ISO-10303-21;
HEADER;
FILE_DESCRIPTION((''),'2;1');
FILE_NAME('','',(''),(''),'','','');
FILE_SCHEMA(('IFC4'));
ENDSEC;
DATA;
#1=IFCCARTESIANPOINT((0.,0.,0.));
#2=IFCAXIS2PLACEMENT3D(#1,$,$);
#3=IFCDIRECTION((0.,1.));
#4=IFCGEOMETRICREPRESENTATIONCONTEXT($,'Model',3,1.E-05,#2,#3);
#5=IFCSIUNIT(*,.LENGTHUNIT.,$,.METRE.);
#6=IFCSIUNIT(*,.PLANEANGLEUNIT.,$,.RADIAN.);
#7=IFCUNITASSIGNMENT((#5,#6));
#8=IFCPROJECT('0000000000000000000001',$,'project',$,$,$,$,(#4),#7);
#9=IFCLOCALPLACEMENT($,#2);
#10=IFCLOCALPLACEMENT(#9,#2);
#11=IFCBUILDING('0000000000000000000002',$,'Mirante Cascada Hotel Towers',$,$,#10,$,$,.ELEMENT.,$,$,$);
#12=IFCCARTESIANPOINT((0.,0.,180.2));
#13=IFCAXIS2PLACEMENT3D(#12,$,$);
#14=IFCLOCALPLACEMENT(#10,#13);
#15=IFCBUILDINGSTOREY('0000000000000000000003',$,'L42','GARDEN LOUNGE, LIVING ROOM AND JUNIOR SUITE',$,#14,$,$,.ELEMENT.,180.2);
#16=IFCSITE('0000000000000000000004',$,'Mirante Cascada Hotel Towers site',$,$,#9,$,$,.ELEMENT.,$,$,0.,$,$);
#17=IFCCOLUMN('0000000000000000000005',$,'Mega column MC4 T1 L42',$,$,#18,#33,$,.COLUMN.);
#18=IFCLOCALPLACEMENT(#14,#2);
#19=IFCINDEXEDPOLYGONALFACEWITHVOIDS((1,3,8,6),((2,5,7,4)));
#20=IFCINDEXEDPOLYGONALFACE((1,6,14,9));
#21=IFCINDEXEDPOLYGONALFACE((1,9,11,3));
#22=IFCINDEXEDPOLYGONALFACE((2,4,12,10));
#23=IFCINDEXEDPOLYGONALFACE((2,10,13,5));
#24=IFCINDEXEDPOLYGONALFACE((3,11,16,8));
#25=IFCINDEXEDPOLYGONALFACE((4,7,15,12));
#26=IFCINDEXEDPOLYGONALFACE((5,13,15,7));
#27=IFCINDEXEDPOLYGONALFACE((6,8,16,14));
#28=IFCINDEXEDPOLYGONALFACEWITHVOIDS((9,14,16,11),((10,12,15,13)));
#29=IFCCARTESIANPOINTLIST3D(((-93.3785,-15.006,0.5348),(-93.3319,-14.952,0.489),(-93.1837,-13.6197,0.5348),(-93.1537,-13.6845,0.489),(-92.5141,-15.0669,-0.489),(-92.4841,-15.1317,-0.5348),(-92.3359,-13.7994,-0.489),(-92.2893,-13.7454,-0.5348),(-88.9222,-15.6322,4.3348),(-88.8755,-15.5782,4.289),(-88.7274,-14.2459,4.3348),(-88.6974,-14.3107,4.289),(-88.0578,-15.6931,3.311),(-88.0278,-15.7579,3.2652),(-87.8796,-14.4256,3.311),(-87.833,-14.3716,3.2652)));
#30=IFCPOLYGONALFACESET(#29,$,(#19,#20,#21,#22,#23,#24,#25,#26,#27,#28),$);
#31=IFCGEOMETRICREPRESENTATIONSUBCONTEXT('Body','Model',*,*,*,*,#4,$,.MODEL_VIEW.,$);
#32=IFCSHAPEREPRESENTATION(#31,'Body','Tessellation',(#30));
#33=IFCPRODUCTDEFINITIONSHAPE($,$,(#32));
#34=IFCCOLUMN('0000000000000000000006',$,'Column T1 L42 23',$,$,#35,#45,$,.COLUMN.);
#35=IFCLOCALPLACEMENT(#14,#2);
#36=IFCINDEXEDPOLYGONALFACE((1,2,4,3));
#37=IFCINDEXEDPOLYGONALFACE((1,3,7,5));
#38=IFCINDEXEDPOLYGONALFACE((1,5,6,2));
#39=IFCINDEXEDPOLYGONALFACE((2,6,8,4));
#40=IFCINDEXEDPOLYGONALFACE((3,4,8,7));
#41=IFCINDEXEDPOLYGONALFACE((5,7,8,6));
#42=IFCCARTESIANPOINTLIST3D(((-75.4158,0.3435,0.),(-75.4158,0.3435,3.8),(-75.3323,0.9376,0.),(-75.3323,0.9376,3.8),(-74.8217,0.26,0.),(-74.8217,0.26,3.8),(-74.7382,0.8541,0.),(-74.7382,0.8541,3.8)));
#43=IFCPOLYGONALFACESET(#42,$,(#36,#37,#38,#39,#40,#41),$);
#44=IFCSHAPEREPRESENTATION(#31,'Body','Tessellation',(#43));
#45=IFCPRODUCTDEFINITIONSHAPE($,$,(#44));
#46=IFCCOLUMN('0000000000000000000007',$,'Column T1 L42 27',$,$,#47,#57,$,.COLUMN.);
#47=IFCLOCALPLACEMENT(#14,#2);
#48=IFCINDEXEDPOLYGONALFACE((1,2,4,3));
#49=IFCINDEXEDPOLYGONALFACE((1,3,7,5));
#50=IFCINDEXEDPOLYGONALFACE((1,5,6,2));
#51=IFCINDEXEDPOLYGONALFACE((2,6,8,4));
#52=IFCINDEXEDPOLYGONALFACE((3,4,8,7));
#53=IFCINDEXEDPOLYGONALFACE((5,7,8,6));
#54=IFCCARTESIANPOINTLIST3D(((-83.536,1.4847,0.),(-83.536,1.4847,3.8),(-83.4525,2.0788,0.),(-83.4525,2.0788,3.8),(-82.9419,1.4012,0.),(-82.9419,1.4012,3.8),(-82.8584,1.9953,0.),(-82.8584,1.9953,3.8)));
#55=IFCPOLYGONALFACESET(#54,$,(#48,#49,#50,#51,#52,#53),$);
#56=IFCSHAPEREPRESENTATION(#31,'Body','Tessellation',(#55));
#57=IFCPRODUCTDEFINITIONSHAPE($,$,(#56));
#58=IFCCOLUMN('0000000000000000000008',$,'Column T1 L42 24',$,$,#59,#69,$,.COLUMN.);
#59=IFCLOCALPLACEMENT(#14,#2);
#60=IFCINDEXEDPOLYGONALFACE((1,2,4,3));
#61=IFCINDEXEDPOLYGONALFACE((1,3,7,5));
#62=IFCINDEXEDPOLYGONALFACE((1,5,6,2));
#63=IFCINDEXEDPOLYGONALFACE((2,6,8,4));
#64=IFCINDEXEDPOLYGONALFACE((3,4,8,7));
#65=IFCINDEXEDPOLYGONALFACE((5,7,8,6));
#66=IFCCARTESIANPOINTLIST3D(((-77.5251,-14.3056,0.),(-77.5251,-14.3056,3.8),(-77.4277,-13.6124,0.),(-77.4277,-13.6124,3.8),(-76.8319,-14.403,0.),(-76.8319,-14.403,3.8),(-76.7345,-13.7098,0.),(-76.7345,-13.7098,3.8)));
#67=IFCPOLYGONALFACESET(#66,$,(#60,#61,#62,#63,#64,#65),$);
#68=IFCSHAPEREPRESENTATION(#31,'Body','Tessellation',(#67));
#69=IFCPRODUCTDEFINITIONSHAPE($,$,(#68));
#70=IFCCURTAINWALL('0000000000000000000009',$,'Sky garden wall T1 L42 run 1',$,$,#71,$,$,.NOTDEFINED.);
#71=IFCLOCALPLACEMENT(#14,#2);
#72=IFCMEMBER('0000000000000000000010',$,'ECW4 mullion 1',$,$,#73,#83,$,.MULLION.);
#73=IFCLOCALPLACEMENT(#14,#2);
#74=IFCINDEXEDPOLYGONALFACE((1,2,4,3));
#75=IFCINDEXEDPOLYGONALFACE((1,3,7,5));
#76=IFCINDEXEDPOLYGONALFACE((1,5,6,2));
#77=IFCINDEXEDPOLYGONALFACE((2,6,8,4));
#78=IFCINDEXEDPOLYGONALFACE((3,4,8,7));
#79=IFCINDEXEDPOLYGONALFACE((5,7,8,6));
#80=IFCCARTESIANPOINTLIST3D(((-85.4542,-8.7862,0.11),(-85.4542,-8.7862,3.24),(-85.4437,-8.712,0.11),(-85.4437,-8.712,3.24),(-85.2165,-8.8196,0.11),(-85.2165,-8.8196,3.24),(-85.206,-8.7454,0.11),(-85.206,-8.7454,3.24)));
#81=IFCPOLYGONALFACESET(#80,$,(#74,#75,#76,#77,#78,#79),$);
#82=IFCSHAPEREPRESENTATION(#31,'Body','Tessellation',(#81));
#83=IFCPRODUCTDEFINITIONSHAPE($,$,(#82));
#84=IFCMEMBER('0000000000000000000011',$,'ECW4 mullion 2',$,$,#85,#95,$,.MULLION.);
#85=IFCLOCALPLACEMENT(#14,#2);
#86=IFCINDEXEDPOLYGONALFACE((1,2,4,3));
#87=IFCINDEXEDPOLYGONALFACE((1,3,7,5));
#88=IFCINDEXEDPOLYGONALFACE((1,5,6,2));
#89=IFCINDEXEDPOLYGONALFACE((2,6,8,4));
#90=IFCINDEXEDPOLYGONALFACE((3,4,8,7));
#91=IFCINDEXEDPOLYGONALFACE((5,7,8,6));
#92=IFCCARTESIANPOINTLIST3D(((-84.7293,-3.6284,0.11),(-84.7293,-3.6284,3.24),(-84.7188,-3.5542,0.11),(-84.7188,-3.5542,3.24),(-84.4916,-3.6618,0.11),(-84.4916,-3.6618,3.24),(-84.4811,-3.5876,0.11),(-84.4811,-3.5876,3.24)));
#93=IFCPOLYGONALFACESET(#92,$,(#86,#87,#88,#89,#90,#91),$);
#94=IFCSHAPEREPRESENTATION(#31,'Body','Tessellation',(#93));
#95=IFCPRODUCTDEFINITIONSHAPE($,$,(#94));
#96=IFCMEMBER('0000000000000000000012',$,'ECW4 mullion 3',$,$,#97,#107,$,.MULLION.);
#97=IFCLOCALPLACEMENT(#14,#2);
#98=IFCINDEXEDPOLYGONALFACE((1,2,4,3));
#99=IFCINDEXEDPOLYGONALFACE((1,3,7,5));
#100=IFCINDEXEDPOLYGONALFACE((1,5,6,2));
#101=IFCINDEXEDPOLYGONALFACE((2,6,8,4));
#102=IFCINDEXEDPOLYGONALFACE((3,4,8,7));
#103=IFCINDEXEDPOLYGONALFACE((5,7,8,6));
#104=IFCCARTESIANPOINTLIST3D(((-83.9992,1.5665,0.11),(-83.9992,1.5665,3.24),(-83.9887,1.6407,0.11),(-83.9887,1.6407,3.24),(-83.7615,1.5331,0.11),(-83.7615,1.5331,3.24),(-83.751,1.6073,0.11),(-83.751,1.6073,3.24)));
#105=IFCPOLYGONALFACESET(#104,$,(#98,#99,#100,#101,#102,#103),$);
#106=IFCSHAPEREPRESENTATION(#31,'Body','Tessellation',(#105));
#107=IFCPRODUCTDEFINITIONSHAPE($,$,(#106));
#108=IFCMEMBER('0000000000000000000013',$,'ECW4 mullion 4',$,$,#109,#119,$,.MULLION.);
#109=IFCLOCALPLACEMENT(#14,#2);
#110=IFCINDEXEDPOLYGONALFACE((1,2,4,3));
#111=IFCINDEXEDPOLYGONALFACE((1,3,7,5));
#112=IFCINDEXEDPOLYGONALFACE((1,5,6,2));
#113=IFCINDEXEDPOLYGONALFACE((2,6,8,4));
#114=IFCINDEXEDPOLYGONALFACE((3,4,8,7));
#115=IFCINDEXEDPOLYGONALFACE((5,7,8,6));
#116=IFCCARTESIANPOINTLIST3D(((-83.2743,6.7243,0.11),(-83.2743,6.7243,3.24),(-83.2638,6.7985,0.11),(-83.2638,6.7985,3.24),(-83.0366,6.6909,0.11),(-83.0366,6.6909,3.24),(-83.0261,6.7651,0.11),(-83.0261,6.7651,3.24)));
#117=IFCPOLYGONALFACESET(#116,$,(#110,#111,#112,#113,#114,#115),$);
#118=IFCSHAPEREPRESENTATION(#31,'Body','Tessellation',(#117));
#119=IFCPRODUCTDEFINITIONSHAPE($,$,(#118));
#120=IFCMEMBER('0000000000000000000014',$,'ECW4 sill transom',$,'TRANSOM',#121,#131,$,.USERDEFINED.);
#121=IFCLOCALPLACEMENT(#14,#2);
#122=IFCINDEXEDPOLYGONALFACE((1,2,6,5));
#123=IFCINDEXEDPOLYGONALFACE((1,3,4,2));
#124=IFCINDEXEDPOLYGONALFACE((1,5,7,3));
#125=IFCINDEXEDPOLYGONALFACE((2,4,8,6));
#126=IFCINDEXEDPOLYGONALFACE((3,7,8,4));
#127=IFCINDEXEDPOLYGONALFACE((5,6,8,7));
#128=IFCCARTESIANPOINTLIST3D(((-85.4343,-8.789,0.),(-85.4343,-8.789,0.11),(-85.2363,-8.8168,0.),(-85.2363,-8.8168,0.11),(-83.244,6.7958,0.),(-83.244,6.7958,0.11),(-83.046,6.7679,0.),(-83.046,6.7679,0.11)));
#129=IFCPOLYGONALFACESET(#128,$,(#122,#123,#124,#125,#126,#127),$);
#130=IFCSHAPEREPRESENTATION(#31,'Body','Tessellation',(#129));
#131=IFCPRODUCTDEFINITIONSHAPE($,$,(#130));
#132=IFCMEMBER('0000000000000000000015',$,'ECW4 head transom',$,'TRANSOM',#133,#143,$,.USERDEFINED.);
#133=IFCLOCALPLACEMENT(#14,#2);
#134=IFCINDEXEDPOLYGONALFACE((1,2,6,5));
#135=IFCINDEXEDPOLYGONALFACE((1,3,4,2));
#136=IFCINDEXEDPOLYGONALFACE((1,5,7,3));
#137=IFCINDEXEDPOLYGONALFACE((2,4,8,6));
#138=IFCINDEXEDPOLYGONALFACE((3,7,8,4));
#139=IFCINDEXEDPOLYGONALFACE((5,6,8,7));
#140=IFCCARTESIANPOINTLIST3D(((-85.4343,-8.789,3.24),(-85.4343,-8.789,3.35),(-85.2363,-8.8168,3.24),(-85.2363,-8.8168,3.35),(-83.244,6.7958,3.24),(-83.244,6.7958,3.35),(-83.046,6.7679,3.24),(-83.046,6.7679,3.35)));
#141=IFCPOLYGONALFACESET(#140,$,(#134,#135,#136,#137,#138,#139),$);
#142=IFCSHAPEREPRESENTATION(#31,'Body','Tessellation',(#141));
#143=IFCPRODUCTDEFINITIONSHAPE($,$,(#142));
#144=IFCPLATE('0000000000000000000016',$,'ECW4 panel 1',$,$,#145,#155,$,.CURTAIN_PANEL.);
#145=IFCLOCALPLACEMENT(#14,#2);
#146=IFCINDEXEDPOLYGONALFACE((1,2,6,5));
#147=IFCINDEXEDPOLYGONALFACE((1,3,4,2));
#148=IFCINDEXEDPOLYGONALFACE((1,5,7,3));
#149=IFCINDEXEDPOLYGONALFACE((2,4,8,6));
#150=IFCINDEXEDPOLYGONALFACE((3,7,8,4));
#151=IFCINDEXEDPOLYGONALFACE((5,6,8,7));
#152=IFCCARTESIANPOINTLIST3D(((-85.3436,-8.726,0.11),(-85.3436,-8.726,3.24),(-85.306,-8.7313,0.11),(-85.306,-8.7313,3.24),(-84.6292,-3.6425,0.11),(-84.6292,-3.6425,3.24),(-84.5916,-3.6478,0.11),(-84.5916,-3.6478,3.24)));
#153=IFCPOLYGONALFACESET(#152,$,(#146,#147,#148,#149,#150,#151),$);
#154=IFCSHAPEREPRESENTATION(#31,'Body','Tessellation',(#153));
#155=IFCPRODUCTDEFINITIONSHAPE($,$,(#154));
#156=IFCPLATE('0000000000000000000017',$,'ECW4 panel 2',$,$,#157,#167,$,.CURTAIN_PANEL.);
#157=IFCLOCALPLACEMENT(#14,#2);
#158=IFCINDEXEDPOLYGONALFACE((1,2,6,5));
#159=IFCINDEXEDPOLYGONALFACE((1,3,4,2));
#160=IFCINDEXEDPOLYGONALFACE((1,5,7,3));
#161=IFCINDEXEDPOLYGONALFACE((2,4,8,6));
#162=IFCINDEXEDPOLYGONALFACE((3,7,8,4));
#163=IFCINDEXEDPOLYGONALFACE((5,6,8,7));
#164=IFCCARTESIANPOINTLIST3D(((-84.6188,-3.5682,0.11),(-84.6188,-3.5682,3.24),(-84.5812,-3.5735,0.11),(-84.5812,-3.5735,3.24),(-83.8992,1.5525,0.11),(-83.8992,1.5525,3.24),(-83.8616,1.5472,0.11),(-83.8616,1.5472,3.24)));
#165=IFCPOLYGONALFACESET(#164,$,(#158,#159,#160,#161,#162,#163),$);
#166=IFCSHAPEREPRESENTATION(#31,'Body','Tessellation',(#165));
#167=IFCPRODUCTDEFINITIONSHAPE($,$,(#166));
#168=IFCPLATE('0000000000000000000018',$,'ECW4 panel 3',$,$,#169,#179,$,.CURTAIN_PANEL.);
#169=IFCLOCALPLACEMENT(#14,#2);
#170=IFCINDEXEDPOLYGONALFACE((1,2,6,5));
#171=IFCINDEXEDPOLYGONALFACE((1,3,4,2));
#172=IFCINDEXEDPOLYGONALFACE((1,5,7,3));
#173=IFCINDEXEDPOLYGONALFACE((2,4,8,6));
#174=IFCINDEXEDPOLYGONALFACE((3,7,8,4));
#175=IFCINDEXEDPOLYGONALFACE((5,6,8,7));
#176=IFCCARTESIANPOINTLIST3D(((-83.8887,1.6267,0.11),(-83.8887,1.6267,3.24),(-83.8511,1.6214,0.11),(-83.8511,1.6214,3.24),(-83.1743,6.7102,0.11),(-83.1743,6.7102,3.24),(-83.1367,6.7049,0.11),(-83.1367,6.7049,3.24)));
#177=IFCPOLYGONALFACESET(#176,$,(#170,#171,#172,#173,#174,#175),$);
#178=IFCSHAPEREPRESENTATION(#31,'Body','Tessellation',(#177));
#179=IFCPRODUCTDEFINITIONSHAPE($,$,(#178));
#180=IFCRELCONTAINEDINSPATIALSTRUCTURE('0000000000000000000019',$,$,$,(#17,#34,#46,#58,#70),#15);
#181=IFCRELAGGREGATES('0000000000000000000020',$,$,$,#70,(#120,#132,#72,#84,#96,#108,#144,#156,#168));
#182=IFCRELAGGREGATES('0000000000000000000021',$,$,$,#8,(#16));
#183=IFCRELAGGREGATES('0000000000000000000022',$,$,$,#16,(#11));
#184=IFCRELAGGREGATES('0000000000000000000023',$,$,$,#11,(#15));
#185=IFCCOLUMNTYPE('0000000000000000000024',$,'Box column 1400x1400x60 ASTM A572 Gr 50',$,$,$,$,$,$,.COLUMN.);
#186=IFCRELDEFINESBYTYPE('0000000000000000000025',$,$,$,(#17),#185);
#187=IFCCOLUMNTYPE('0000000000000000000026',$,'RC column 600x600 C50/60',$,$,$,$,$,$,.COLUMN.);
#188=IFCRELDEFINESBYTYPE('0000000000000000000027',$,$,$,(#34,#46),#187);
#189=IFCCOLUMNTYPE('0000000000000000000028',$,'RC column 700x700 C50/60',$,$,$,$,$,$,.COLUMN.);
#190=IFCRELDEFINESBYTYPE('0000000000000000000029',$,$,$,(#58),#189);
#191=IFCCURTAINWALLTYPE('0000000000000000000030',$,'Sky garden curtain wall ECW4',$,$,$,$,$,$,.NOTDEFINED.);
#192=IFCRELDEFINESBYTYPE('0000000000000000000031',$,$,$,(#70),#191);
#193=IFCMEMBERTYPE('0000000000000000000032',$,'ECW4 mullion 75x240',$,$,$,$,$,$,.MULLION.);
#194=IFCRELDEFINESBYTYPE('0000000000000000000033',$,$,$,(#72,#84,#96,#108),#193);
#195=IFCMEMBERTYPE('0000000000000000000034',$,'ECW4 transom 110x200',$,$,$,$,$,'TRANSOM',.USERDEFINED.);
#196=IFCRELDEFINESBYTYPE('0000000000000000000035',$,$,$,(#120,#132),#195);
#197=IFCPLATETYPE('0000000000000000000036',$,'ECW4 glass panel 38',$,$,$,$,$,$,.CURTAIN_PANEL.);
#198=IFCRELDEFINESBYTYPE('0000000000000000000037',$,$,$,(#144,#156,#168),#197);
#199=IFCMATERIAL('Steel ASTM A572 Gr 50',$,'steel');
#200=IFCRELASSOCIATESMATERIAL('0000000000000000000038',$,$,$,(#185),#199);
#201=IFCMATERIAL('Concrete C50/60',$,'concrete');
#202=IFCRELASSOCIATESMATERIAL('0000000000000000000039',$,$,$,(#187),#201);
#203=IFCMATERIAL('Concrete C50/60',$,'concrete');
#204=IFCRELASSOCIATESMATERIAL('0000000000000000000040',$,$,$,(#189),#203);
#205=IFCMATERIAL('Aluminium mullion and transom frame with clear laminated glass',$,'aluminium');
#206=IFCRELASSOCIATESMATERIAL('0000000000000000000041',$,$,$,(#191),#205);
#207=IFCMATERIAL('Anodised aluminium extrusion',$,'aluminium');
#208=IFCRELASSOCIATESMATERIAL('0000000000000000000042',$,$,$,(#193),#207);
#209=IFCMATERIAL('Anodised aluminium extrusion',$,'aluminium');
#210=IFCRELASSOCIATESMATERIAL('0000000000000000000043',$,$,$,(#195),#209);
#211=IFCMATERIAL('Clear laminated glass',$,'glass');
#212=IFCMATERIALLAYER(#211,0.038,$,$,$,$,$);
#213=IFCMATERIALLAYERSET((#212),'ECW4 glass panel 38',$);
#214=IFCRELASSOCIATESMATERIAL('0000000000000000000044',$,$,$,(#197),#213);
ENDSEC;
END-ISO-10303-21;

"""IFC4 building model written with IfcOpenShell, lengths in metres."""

from ifc_helpers import new_model, si_unit, direction, frame, origin, origin_2d, place, context, subcontext, project, spatial, rectangle, hollow_rectangle, extrude, material, layer, layer_set, material_profile, profile_set, type_object, element, aggregate, save


model = new_model("IFC4")

# Units and contexts
model_context = context("Model", 3, precision=1e-05, world=origin(), true_north=direction((0.0, 1.0)))
body_context = subcontext(model_context, "Body", "Model", "MODEL_VIEW")
ifc_project = project(units=[si_unit("LENGTHUNIT", "METRE"), si_unit("PLANEANGLEUNIT", "RADIAN")], contexts=[model_context])

# Site, building, storey
site_placement = place(None, origin())
site = spatial("IfcSite", under=ifc_project, at=site_placement, Name="Mirante Cascada Hotel Towers site", CompositionType="ELEMENT", RefElevation=0.0)
building_placement = place(site_placement, origin())
building = spatial("IfcBuilding", under=site, at=building_placement, Name="Mirante Cascada Hotel Towers", CompositionType="ELEMENT")
storey_placement = place(building_placement, frame((0.0, 0.0, 180.2)))
storey = spatial("IfcBuildingStorey", under=building, at=storey_placement, Name="L42", Description="GARDEN LOUNGE, LIVING ROOM AND JUNIOR SUITE", CompositionType="ELEMENT", Elevation=180.2)

# Columns
ifc_material_1 = material(Name="Steel ASTM A572 Gr 50", Category="steel")
ifc_material_profile_1 = material_profile(ifc_material_1, hollow_rectangle(XDim=1.4, YDim=1.4, WallThickness=0.06, at=origin_2d()), Name="Box column 1400x1400x60 ASTM A572 Gr 50")
ifc_profile_set_1 = profile_set([ifc_material_profile_1], Name="Steel ASTM A572 Gr 50")
column_type_1 = type_object("IfcColumnType", Name="Box column 1400x1400x60 ASTM A572 Gr 50", PredefinedType="COLUMN", material=ifc_profile_set_1)
column_1_placement = place(storey_placement, frame((-92.8339, -14.3757, 0.0), z_axis=(0.756602, -0.106318, 0.645174), x_axis=(0.139153, 0.990271, 0.0)))
element("IfcColumn", 1, at=column_1_placement, inside=storey, type_object=column_type_1, Name="Mega column MC4 T1 L42", PredefinedType="COLUMN", context=body_context, shape_type="SweptSolid", body=[
    extrude(hollow_rectangle(XDim=1.4, YDim=1.4, WallThickness=0.06, at=origin_2d()), origin(), (0.0, 0.0, 1.0), 5.8899),
])
ifc_material_2 = material(Name="Concrete C50/60", Category="concrete")
ifc_material_profile_2 = material_profile(ifc_material_2, rectangle(XDim=0.6, YDim=0.6, at=origin_2d()), Name="RC column 600x600 C50/60")
ifc_profile_set_2 = profile_set([ifc_material_profile_2], Name="Concrete C50/60")
column_type_2 = type_object("IfcColumnType", Name="RC column 600x600 C50/60", PredefinedType="COLUMN", material=ifc_profile_set_2)
for number, where, z_axis, x_axis, name in (
    (2, (-75.077, 0.5988, 0.0), (0.0, 0.0, 1.0), (-0.990268, 0.139173, 0.0), "Column T1 L42 23"),
    (3, (-83.1972, 1.74, 0.0), (0.0, 0.0, 1.0), (-0.990268, 0.139173, 0.0), "Column T1 L42 27"),
):
    element("IfcColumn", number, at=place(storey_placement, frame(where, z_axis=z_axis, x_axis=x_axis)), inside=storey, type_object=column_type_2, Name=name, PredefinedType="COLUMN", context=body_context, shape_type="SweptSolid", body=[
        extrude(rectangle(XDim=0.6, YDim=0.6, at=origin_2d()), origin(), (0.0, 0.0, 1.0), 3.8),
    ])
ifc_material_3 = material(Name="Concrete C50/60", Category="concrete")
ifc_material_profile_3 = material_profile(ifc_material_3, rectangle(XDim=0.7, YDim=0.7, at=origin_2d()), Name="RC column 700x700 C50/60")
ifc_profile_set_3 = profile_set([ifc_material_profile_3], Name="Concrete C50/60")
column_type_3 = type_object("IfcColumnType", Name="RC column 700x700 C50/60", PredefinedType="COLUMN", material=ifc_profile_set_3)
column_2_placement = place(storey_placement, frame((-77.1298, -14.0077, 0.0), z_axis=(0.0, 0.0, 1.0), x_axis=(-0.990268, 0.139173, 0.0)))
element("IfcColumn", 4, at=column_2_placement, inside=storey, type_object=column_type_3, Name="Column T1 L42 24", PredefinedType="COLUMN", context=body_context, shape_type="SweptSolid", body=[
    extrude(rectangle(XDim=0.7, YDim=0.7, at=origin_2d()), origin(), (0.0, 0.0, 1.0), 3.8),
])

# Curtain wall, members, plates
ifc_material_4 = material(Name="Aluminium mullion and transom frame with clear laminated glass", Category="aluminium")
curtain_wall_type = type_object("IfcCurtainWallType", Name="Sky garden curtain wall ECW4", PredefinedType="NOTDEFINED", material=ifc_material_4)
curtain_wall_placement = place(storey_placement, origin())
curtain_wall = element("IfcCurtainWall", 5, at=curtain_wall_placement, inside=storey, type_object=curtain_wall_type, Name="Sky garden wall T1 L42 run 1", PredefinedType="NOTDEFINED")
ifc_material_5 = material(Name="Anodised aluminium extrusion", Category="aluminium")
ifc_material_profile_4 = material_profile(ifc_material_5, rectangle(XDim=0.24, YDim=0.075, at=origin_2d()), Name="ECW4 MULLION 75x240")
ifc_profile_set_4 = profile_set([ifc_material_profile_4], Name="Anodised aluminium extrusion")
member_type_1 = type_object("IfcMemberType", Name="ECW4 mullion 75x240", PredefinedType="MULLION", material=ifc_profile_set_4)
member_1_placement = place(storey_placement, frame((-85.3301, -8.7658, 0.11), z_axis=(0.0, 0.0, 1.0), x_axis=(-0.990268, 0.139173, 0.0)))
member_1 = element("IfcMember", 6, at=member_1_placement, type_object=member_type_1, Name="ECW4 mullion 1", PredefinedType="MULLION", context=body_context, shape_type="SweptSolid", body=[
    extrude(rectangle(XDim=0.24, YDim=0.075, at=origin_2d()), origin(), (0.0, 0.0, 1.0), 3.13),
])
member_2_placement = place(storey_placement, frame((-84.6052, -3.608, 0.11), z_axis=(0.0, 0.0, 1.0), x_axis=(-0.990268, 0.139173, 0.0)))
member_2 = element("IfcMember", 7, at=member_2_placement, type_object=member_type_1, Name="ECW4 mullion 2", PredefinedType="MULLION", context=body_context, shape_type="SweptSolid", body=[
    extrude(rectangle(XDim=0.24, YDim=0.075, at=origin_2d()), origin(), (0.0, 0.0, 1.0), 3.13),
])
member_3_placement = place(storey_placement, frame((-83.8751, 1.5869, 0.11), z_axis=(0.0, 0.0, 1.0), x_axis=(-0.990268, 0.139173, 0.0)))
member_3 = element("IfcMember", 8, at=member_3_placement, type_object=member_type_1, Name="ECW4 mullion 3", PredefinedType="MULLION", context=body_context, shape_type="SweptSolid", body=[
    extrude(rectangle(XDim=0.24, YDim=0.075, at=origin_2d()), origin(), (0.0, 0.0, 1.0), 3.13),
])
member_4_placement = place(storey_placement, frame((-83.1502, 6.7447, 0.11), z_axis=(0.0, 0.0, 1.0), x_axis=(-0.990268, 0.139173, 0.0)))
member_4 = element("IfcMember", 9, at=member_4_placement, type_object=member_type_1, Name="ECW4 mullion 4", PredefinedType="MULLION", context=body_context, shape_type="SweptSolid", body=[
    extrude(rectangle(XDim=0.24, YDim=0.075, at=origin_2d()), origin(), (0.0, 0.0, 1.0), 3.13),
])
ifc_material_6 = material(Name="Anodised aluminium extrusion", Category="aluminium")
ifc_material_profile_5 = material_profile(ifc_material_6, rectangle(XDim=0.2, YDim=0.11, at=origin_2d()), Name="ECW4 TRANSOM 110x200")
ifc_profile_set_5 = profile_set([ifc_material_profile_5], Name="Anodised aluminium extrusion")
member_type_2 = type_object("IfcMemberType", Name="ECW4 transom 110x200", ElementType="TRANSOM", PredefinedType="USERDEFINED", material=ifc_profile_set_5)
member_5_placement = place(storey_placement, frame((-85.3353, -8.8029, 0.055), z_axis=(0.139174, 0.990268, 0.0), x_axis=(-0.990268, 0.139174, 0.0)))
member_5 = element("IfcMember", 10, at=member_5_placement, type_object=member_type_2, Name="ECW4 sill transom", ObjectType="TRANSOM", PredefinedType="USERDEFINED", context=body_context, shape_type="SweptSolid", body=[
    extrude(rectangle(XDim=0.2, YDim=0.11, at=origin_2d()), origin(), (0.0, 0.0, 1.0), 15.7379),
])
member_6_placement = place(storey_placement, frame((-85.3353, -8.8029, 3.295), z_axis=(0.139174, 0.990268, 0.0), x_axis=(-0.990268, 0.139174, 0.0)))
member_6 = element("IfcMember", 11, at=member_6_placement, type_object=member_type_2, Name="ECW4 head transom", ObjectType="TRANSOM", PredefinedType="USERDEFINED", context=body_context, shape_type="SweptSolid", body=[
    extrude(rectangle(XDim=0.2, YDim=0.11, at=origin_2d()), origin(), (0.0, 0.0, 1.0), 15.7379),
])
ifc_material_7 = material(Name="Clear laminated glass", Category="glass")
ifc_layer_1 = layer(ifc_material_7, 0.038)
ifc_layer_set_1 = layer_set([ifc_layer_1], Name="ECW4 glass panel 38")
plate_type = type_object("IfcPlateType", Name="ECW4 glass panel 38", PredefinedType="CURTAIN_PANEL", material=ifc_layer_set_1)
plate_1_placement = place(storey_placement, frame((-84.9676, -6.1869, 0.11), z_axis=(0.0, 0.0, 1.0), x_axis=(0.139173, 0.990268, 0.0)))
plate_1 = element("IfcPlate", 12, at=plate_1_placement, type_object=plate_type, Name="ECW4 panel 1", PredefinedType="CURTAIN_PANEL", context=body_context, shape_type="SweptSolid", body=[
    extrude(rectangle(XDim=5.1335, YDim=0.038, at=origin_2d()), origin(), (0.0, 0.0, 1.0), 3.13),
])
plate_2_placement = place(storey_placement, frame((-84.2402, -1.0105, 0.11), z_axis=(0.0, 0.0, 1.0), x_axis=(0.139173, 0.990268, 0.0)))
plate_2 = element("IfcPlate", 13, at=plate_2_placement, type_object=plate_type, Name="ECW4 panel 2", PredefinedType="CURTAIN_PANEL", context=body_context, shape_type="SweptSolid", body=[
    extrude(rectangle(XDim=5.171, YDim=0.038, at=origin_2d()), origin(), (0.0, 0.0, 1.0), 3.13),
])
plate_3_placement = place(storey_placement, frame((-83.5127, 4.1658, 0.11), z_axis=(0.0, 0.0, 1.0), x_axis=(0.139173, 0.990268, 0.0)))
plate_3 = element("IfcPlate", 14, at=plate_3_placement, type_object=plate_type, Name="ECW4 panel 3", PredefinedType="CURTAIN_PANEL", context=body_context, shape_type="SweptSolid", body=[
    extrude(rectangle(XDim=5.1335, YDim=0.038, at=origin_2d()), origin(), (0.0, 0.0, 1.0), 3.13),
])
aggregate(curtain_wall, [member_5, member_6, member_1, member_2, member_3, member_4, plate_1, plate_2, plate_3])

save(model, "model.ifc")
